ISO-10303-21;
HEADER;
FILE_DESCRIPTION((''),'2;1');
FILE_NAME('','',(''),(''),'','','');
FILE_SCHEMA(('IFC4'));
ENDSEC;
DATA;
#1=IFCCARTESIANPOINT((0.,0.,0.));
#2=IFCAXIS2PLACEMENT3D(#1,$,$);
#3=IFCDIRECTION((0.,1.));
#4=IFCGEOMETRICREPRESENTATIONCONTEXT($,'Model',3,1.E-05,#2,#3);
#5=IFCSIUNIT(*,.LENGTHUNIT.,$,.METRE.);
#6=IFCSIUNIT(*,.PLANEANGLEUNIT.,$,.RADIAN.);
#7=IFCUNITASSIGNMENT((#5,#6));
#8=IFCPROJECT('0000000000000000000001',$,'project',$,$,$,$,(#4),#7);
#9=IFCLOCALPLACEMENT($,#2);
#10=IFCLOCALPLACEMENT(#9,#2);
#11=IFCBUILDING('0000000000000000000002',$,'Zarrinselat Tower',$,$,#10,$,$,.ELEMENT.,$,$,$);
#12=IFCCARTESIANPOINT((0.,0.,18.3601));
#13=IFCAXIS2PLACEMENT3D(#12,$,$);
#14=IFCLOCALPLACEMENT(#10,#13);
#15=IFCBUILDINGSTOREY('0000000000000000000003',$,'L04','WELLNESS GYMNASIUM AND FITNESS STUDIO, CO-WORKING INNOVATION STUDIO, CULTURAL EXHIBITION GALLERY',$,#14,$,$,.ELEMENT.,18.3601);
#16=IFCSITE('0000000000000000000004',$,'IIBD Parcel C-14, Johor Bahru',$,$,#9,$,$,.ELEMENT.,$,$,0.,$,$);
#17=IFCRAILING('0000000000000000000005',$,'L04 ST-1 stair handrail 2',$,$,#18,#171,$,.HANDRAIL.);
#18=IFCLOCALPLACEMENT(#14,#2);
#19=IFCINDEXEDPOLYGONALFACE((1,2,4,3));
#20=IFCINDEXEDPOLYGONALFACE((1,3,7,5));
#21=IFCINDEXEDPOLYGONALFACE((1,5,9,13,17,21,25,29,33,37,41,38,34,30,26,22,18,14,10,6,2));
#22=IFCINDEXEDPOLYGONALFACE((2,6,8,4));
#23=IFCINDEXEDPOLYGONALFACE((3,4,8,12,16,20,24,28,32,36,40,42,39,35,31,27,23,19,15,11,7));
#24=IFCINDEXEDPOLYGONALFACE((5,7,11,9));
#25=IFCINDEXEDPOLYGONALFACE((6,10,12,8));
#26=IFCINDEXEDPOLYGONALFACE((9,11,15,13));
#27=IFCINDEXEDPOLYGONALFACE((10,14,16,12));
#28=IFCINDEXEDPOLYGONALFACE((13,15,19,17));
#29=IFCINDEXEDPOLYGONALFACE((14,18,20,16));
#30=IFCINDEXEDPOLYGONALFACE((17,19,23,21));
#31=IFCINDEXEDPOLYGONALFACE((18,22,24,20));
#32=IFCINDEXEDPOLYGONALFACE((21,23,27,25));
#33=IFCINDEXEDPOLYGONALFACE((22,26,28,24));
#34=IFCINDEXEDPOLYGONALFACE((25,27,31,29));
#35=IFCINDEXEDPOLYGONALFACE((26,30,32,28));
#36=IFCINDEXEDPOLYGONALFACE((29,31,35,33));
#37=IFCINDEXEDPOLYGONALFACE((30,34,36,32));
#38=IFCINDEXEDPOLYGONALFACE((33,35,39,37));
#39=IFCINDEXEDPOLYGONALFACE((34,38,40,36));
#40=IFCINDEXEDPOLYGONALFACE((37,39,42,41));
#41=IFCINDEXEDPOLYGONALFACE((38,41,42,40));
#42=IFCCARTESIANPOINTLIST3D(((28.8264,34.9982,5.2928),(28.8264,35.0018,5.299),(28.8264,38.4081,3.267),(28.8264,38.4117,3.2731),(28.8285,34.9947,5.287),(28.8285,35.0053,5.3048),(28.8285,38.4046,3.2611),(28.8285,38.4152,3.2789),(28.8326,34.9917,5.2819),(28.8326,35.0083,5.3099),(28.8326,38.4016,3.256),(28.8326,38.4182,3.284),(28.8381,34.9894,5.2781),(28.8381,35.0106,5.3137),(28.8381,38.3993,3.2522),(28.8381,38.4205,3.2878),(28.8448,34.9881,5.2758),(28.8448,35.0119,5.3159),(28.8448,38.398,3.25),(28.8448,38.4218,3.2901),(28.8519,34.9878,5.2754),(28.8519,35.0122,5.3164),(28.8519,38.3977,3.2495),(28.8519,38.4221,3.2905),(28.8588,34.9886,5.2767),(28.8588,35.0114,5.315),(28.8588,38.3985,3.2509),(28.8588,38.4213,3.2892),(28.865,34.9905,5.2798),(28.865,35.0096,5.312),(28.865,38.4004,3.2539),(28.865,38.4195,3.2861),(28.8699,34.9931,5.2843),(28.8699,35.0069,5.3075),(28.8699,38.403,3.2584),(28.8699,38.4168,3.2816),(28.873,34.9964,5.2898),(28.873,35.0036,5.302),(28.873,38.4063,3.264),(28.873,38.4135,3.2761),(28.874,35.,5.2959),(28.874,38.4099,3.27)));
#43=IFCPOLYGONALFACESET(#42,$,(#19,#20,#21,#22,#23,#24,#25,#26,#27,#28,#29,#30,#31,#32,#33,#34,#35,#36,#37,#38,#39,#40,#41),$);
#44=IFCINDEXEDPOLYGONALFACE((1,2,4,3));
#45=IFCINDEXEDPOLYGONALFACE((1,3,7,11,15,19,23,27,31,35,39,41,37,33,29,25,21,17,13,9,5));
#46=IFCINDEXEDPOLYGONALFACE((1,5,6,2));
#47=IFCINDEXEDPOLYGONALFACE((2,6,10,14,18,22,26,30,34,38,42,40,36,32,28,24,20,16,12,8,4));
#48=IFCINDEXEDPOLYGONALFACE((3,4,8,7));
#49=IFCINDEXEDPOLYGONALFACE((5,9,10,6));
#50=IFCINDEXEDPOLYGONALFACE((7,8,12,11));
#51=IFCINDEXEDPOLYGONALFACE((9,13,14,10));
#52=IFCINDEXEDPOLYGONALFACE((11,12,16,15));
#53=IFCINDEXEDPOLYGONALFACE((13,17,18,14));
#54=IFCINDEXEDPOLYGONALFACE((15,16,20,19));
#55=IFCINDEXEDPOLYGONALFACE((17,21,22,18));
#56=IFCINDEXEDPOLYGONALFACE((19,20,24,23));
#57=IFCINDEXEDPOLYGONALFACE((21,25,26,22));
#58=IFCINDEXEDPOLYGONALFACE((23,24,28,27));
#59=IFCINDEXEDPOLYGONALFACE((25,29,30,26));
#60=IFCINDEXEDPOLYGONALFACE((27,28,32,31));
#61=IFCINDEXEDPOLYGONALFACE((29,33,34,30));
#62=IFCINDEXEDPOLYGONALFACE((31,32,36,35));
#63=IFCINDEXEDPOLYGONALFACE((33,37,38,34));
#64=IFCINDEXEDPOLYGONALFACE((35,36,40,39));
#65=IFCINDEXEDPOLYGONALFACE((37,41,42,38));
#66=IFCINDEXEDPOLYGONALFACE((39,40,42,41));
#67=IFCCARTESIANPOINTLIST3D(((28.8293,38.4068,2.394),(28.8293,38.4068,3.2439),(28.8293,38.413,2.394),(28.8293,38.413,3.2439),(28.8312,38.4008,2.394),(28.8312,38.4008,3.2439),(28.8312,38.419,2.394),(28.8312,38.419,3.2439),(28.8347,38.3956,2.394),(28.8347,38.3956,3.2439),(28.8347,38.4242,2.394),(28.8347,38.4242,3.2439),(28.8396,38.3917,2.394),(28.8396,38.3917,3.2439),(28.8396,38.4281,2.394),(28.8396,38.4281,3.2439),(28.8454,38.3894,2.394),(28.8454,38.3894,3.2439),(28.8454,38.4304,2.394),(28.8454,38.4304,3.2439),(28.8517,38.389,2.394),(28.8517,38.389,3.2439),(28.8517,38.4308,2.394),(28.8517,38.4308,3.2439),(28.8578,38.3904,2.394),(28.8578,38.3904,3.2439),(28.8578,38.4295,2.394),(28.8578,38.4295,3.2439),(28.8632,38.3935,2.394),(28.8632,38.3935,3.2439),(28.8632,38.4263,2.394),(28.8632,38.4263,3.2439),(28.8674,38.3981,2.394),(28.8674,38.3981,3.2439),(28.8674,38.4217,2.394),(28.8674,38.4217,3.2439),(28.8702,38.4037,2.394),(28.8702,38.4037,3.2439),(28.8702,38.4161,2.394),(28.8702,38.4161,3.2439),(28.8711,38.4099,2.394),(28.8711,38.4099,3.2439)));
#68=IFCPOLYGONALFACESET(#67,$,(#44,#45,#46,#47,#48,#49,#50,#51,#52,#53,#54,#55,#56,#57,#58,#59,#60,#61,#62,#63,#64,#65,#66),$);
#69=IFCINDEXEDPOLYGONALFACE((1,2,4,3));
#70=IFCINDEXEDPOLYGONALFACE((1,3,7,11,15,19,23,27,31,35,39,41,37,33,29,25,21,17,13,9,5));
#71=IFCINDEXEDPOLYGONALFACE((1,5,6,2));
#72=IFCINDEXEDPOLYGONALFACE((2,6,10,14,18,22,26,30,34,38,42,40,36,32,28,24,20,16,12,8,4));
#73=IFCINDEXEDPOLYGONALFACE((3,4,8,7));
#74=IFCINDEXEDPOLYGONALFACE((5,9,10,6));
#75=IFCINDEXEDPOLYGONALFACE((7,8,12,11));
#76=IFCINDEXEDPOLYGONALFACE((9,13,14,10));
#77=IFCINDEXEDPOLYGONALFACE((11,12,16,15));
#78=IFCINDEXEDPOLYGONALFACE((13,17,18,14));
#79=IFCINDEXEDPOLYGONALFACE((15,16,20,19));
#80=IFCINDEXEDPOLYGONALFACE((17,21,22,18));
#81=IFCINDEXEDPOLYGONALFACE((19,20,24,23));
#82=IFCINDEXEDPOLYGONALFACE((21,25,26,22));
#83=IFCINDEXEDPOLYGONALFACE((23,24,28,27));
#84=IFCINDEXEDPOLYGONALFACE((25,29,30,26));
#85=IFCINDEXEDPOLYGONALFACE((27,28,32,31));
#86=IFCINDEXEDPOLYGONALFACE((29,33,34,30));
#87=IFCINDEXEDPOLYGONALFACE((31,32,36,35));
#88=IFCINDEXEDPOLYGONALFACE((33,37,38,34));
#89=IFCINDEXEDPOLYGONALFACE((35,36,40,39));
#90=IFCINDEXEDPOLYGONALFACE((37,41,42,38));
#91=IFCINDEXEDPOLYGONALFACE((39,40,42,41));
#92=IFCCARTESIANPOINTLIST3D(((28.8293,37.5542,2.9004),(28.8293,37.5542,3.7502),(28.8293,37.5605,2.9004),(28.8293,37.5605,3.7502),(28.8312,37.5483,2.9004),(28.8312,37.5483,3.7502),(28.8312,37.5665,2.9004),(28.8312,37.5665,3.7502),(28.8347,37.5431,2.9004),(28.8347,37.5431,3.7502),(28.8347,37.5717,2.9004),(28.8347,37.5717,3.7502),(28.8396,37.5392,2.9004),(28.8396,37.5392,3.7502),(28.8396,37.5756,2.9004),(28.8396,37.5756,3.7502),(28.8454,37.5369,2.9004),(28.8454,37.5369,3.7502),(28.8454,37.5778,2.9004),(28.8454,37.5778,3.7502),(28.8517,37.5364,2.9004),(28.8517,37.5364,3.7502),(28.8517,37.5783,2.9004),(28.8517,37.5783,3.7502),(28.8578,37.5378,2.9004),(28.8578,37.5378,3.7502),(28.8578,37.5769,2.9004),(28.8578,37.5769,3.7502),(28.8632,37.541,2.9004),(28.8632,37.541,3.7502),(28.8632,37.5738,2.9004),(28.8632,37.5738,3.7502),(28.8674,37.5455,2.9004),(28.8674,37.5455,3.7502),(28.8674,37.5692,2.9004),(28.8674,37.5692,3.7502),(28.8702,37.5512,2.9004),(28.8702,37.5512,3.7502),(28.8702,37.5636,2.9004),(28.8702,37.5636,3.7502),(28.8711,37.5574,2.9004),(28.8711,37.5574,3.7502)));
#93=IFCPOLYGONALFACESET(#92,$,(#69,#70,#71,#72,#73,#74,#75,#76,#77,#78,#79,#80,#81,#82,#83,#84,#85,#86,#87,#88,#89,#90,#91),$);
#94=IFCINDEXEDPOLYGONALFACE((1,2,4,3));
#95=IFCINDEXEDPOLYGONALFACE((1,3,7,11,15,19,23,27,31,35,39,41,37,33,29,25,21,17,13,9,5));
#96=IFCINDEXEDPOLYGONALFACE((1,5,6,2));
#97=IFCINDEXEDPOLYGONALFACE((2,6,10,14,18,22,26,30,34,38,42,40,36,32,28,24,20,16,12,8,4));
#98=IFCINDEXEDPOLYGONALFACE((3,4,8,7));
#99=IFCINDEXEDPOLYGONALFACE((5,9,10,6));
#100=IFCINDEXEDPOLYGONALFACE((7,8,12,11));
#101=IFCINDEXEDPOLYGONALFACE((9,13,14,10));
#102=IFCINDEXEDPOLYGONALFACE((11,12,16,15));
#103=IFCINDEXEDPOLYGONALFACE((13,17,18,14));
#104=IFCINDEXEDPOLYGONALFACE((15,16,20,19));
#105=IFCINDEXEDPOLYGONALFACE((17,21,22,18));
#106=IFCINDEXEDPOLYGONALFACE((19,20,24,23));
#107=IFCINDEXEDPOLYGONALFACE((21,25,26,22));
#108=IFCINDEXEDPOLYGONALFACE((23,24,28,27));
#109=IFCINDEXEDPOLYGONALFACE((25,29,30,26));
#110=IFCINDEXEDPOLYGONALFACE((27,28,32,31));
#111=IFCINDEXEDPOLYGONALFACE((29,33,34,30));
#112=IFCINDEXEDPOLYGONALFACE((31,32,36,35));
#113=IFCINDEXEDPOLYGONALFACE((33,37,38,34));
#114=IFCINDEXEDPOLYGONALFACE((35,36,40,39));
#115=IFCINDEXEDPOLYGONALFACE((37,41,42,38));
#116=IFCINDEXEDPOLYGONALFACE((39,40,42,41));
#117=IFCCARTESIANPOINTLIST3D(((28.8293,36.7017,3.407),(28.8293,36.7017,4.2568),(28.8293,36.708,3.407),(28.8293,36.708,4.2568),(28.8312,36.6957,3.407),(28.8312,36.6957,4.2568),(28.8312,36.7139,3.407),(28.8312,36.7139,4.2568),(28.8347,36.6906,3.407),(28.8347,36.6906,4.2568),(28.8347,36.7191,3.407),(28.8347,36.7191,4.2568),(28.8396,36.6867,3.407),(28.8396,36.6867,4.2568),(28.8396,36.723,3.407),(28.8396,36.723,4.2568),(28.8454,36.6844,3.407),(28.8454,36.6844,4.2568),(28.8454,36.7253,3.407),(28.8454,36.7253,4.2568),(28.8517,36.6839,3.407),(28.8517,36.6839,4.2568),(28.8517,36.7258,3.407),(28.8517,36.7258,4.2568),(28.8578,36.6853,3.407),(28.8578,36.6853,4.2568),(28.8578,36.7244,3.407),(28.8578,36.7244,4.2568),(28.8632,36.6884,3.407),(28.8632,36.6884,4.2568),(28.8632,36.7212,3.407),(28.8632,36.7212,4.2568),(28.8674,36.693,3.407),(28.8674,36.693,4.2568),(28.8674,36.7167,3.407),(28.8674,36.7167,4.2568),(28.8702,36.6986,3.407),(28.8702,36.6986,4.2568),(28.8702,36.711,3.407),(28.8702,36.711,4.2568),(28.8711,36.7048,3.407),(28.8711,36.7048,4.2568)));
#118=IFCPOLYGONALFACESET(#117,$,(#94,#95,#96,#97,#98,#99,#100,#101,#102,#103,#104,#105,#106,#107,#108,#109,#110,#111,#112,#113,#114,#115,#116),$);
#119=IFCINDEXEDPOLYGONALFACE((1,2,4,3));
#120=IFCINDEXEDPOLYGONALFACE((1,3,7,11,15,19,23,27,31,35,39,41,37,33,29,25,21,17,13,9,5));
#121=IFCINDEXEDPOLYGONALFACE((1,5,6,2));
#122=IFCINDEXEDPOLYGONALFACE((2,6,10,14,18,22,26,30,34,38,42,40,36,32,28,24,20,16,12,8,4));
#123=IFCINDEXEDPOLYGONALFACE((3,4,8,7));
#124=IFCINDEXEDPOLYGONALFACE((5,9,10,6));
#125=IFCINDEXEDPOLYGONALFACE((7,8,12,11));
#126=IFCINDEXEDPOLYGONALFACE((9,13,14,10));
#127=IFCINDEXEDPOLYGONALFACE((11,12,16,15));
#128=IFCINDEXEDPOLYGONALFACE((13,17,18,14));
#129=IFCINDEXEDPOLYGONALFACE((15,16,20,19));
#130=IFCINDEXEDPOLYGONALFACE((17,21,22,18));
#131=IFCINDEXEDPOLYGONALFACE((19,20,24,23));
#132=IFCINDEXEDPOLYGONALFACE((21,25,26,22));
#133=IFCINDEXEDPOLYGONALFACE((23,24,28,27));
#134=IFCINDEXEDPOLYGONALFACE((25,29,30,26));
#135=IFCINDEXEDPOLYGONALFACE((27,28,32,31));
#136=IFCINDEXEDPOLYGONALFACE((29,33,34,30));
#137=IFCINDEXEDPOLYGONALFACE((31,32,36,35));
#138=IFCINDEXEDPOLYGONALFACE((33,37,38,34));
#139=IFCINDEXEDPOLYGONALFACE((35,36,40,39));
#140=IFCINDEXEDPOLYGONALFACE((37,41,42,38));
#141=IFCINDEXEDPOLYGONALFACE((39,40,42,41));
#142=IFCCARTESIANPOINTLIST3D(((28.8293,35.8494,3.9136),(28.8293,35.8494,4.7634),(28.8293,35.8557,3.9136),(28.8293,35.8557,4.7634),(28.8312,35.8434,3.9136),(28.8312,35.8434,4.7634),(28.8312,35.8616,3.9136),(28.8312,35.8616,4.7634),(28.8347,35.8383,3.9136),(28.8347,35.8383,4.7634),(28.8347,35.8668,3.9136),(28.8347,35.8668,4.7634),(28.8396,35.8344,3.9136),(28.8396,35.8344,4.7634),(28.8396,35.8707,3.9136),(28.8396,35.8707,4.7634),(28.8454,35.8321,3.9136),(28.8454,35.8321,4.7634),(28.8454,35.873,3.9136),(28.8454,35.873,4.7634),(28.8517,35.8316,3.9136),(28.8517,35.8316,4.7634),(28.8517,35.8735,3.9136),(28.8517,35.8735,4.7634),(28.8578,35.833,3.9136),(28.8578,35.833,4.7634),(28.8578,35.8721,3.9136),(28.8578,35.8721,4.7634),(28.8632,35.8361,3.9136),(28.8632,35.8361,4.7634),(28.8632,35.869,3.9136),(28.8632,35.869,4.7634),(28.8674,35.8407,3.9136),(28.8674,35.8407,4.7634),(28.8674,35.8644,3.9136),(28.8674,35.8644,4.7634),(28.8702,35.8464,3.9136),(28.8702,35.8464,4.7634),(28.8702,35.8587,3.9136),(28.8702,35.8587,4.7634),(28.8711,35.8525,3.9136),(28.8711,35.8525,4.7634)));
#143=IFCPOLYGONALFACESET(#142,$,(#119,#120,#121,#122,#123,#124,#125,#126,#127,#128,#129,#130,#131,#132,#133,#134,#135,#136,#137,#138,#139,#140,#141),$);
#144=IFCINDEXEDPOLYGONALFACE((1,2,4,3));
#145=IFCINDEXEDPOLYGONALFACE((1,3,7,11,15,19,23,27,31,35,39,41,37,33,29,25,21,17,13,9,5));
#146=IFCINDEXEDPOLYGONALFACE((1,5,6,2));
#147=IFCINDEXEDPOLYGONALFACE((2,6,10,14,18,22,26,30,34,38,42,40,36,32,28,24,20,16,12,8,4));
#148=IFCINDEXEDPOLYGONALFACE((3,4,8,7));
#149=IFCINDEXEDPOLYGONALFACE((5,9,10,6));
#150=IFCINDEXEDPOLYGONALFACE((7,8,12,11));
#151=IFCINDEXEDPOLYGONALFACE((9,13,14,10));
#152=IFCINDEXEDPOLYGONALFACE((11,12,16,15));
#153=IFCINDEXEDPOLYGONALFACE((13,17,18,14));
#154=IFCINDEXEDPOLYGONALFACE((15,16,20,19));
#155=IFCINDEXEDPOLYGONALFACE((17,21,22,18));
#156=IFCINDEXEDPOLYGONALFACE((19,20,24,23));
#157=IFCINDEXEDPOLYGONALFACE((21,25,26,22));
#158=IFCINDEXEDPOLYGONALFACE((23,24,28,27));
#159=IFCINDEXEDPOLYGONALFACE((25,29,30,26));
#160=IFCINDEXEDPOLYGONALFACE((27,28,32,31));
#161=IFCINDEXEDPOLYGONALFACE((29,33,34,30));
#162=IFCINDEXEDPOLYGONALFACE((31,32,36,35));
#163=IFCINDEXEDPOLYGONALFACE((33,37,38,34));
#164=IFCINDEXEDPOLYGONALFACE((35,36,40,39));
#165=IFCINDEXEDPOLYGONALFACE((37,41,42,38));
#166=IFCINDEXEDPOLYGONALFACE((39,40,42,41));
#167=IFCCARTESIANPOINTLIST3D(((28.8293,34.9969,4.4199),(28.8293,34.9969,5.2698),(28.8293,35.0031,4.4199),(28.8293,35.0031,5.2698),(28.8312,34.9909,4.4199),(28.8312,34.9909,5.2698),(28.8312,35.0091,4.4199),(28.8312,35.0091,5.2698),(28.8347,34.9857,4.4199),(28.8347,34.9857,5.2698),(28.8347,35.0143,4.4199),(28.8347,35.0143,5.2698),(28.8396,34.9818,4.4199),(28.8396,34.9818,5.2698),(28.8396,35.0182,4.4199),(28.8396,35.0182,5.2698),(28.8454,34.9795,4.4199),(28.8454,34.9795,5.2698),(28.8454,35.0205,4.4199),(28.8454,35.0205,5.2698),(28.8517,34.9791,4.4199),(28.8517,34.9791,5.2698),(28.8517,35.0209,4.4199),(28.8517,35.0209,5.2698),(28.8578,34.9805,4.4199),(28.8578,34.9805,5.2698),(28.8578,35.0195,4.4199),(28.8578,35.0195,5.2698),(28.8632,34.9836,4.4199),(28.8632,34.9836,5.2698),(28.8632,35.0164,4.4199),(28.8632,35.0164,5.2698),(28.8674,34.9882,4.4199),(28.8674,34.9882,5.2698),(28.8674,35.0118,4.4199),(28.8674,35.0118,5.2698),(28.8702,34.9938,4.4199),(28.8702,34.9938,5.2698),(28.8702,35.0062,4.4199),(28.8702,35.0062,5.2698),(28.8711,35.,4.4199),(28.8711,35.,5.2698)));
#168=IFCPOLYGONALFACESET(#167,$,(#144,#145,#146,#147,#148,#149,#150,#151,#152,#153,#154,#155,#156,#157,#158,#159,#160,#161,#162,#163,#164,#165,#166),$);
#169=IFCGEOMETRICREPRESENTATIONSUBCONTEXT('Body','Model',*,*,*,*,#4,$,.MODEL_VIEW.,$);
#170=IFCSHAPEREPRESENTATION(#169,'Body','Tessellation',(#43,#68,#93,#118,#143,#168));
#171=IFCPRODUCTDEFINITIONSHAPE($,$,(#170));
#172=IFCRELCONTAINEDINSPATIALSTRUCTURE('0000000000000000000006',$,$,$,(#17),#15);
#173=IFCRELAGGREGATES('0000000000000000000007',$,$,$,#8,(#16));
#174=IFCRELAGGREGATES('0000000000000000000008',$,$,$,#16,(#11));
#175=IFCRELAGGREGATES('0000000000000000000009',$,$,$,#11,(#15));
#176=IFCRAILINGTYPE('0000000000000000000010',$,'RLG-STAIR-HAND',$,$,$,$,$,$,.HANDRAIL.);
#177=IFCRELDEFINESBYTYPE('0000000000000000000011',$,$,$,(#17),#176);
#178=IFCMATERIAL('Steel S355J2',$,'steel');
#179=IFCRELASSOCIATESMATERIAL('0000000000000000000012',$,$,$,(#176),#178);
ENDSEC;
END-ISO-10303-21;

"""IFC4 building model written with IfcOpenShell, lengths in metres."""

from ifc_helpers import new_model, si_unit, direction, frame, origin, origin_2d, place, context, subcontext, project, spatial, circle, extrude, material, type_object, element, save


model = new_model("IFC4")

# Units and contexts
model_context = context("Model", 3, precision=1e-05, world=origin(), true_north=direction((0.0, 1.0)))
body_context = subcontext(model_context, "Body", "Model", "MODEL_VIEW")
ifc_project = project(units=[si_unit("LENGTHUNIT", "METRE"), si_unit("PLANEANGLEUNIT", "RADIAN")], contexts=[model_context])

# Site, building, storey
site_placement = place(None, origin())
site = spatial("IfcSite", under=ifc_project, at=site_placement, Name="IIBD Parcel C-14, Johor Bahru", CompositionType="ELEMENT", RefElevation=0.0)
building_placement = place(site_placement, origin())
building = spatial("IfcBuilding", under=site, at=building_placement, Name="Zarrinselat Tower", CompositionType="ELEMENT")
storey_placement = place(building_placement, frame((0.0, 0.0, 18.3601)))
storey = spatial("IfcBuildingStorey", under=building, at=storey_placement, Name="L04", Description="WELLNESS GYMNASIUM AND FITNESS STUDIO, CO-WORKING INNOVATION STUDIO, CULTURAL EXHIBITION GALLERY", CompositionType="ELEMENT", Elevation=18.3601)

# Railing
ifc_material_1 = material(Name="Steel S355J2", Category="steel")
railing_type_1 = type_object("IfcRailingType", Name="RLG-STAIR-HAND", PredefinedType="HANDRAIL", material=ifc_material_1)
railing_1_placement = place(storey_placement, frame((28.8501, 38.4099, 2.394)))
element("IfcRailing", 1, at=railing_1_placement, inside=storey, type_object=railing_type_1, Name="L04 ST-1 stair handrail 2", PredefinedType="HANDRAIL", context=body_context, shape_type="SweptSolid", body=[
    extrude(circle(Radius=0.0239, at=origin_2d()), frame((0.0, 0.0, 0.876), z_axis=(0.0, -0.859717, 0.510771), x_axis=(1.0, 0.0, 0.0)), (0.0, 0.0, 1.0), 3.9663),
    extrude(circle(Radius=0.021, at=origin_2d()), origin(), (0.0, 0.0, 1.0), 0.8499),
    extrude(circle(Radius=0.021, at=origin_2d()), frame((0.0, -0.8525, 0.5063)), (0.0, 0.0, 1.0), 0.8499),
    extrude(circle(Radius=0.021, at=origin_2d()), frame((0.0, -1.7051, 1.0129)), (0.0, 0.0, 1.0), 0.8499),
    extrude(circle(Radius=0.021, at=origin_2d()), frame((0.0, -2.5574, 1.5195)), (0.0, 0.0, 1.0), 0.8499),
    extrude(circle(Radius=0.021, at=origin_2d()), frame((0.0, -3.4099, 2.0259)), (0.0, 0.0, 1.0), 0.8499),
])

save(model, "model.ifc")
